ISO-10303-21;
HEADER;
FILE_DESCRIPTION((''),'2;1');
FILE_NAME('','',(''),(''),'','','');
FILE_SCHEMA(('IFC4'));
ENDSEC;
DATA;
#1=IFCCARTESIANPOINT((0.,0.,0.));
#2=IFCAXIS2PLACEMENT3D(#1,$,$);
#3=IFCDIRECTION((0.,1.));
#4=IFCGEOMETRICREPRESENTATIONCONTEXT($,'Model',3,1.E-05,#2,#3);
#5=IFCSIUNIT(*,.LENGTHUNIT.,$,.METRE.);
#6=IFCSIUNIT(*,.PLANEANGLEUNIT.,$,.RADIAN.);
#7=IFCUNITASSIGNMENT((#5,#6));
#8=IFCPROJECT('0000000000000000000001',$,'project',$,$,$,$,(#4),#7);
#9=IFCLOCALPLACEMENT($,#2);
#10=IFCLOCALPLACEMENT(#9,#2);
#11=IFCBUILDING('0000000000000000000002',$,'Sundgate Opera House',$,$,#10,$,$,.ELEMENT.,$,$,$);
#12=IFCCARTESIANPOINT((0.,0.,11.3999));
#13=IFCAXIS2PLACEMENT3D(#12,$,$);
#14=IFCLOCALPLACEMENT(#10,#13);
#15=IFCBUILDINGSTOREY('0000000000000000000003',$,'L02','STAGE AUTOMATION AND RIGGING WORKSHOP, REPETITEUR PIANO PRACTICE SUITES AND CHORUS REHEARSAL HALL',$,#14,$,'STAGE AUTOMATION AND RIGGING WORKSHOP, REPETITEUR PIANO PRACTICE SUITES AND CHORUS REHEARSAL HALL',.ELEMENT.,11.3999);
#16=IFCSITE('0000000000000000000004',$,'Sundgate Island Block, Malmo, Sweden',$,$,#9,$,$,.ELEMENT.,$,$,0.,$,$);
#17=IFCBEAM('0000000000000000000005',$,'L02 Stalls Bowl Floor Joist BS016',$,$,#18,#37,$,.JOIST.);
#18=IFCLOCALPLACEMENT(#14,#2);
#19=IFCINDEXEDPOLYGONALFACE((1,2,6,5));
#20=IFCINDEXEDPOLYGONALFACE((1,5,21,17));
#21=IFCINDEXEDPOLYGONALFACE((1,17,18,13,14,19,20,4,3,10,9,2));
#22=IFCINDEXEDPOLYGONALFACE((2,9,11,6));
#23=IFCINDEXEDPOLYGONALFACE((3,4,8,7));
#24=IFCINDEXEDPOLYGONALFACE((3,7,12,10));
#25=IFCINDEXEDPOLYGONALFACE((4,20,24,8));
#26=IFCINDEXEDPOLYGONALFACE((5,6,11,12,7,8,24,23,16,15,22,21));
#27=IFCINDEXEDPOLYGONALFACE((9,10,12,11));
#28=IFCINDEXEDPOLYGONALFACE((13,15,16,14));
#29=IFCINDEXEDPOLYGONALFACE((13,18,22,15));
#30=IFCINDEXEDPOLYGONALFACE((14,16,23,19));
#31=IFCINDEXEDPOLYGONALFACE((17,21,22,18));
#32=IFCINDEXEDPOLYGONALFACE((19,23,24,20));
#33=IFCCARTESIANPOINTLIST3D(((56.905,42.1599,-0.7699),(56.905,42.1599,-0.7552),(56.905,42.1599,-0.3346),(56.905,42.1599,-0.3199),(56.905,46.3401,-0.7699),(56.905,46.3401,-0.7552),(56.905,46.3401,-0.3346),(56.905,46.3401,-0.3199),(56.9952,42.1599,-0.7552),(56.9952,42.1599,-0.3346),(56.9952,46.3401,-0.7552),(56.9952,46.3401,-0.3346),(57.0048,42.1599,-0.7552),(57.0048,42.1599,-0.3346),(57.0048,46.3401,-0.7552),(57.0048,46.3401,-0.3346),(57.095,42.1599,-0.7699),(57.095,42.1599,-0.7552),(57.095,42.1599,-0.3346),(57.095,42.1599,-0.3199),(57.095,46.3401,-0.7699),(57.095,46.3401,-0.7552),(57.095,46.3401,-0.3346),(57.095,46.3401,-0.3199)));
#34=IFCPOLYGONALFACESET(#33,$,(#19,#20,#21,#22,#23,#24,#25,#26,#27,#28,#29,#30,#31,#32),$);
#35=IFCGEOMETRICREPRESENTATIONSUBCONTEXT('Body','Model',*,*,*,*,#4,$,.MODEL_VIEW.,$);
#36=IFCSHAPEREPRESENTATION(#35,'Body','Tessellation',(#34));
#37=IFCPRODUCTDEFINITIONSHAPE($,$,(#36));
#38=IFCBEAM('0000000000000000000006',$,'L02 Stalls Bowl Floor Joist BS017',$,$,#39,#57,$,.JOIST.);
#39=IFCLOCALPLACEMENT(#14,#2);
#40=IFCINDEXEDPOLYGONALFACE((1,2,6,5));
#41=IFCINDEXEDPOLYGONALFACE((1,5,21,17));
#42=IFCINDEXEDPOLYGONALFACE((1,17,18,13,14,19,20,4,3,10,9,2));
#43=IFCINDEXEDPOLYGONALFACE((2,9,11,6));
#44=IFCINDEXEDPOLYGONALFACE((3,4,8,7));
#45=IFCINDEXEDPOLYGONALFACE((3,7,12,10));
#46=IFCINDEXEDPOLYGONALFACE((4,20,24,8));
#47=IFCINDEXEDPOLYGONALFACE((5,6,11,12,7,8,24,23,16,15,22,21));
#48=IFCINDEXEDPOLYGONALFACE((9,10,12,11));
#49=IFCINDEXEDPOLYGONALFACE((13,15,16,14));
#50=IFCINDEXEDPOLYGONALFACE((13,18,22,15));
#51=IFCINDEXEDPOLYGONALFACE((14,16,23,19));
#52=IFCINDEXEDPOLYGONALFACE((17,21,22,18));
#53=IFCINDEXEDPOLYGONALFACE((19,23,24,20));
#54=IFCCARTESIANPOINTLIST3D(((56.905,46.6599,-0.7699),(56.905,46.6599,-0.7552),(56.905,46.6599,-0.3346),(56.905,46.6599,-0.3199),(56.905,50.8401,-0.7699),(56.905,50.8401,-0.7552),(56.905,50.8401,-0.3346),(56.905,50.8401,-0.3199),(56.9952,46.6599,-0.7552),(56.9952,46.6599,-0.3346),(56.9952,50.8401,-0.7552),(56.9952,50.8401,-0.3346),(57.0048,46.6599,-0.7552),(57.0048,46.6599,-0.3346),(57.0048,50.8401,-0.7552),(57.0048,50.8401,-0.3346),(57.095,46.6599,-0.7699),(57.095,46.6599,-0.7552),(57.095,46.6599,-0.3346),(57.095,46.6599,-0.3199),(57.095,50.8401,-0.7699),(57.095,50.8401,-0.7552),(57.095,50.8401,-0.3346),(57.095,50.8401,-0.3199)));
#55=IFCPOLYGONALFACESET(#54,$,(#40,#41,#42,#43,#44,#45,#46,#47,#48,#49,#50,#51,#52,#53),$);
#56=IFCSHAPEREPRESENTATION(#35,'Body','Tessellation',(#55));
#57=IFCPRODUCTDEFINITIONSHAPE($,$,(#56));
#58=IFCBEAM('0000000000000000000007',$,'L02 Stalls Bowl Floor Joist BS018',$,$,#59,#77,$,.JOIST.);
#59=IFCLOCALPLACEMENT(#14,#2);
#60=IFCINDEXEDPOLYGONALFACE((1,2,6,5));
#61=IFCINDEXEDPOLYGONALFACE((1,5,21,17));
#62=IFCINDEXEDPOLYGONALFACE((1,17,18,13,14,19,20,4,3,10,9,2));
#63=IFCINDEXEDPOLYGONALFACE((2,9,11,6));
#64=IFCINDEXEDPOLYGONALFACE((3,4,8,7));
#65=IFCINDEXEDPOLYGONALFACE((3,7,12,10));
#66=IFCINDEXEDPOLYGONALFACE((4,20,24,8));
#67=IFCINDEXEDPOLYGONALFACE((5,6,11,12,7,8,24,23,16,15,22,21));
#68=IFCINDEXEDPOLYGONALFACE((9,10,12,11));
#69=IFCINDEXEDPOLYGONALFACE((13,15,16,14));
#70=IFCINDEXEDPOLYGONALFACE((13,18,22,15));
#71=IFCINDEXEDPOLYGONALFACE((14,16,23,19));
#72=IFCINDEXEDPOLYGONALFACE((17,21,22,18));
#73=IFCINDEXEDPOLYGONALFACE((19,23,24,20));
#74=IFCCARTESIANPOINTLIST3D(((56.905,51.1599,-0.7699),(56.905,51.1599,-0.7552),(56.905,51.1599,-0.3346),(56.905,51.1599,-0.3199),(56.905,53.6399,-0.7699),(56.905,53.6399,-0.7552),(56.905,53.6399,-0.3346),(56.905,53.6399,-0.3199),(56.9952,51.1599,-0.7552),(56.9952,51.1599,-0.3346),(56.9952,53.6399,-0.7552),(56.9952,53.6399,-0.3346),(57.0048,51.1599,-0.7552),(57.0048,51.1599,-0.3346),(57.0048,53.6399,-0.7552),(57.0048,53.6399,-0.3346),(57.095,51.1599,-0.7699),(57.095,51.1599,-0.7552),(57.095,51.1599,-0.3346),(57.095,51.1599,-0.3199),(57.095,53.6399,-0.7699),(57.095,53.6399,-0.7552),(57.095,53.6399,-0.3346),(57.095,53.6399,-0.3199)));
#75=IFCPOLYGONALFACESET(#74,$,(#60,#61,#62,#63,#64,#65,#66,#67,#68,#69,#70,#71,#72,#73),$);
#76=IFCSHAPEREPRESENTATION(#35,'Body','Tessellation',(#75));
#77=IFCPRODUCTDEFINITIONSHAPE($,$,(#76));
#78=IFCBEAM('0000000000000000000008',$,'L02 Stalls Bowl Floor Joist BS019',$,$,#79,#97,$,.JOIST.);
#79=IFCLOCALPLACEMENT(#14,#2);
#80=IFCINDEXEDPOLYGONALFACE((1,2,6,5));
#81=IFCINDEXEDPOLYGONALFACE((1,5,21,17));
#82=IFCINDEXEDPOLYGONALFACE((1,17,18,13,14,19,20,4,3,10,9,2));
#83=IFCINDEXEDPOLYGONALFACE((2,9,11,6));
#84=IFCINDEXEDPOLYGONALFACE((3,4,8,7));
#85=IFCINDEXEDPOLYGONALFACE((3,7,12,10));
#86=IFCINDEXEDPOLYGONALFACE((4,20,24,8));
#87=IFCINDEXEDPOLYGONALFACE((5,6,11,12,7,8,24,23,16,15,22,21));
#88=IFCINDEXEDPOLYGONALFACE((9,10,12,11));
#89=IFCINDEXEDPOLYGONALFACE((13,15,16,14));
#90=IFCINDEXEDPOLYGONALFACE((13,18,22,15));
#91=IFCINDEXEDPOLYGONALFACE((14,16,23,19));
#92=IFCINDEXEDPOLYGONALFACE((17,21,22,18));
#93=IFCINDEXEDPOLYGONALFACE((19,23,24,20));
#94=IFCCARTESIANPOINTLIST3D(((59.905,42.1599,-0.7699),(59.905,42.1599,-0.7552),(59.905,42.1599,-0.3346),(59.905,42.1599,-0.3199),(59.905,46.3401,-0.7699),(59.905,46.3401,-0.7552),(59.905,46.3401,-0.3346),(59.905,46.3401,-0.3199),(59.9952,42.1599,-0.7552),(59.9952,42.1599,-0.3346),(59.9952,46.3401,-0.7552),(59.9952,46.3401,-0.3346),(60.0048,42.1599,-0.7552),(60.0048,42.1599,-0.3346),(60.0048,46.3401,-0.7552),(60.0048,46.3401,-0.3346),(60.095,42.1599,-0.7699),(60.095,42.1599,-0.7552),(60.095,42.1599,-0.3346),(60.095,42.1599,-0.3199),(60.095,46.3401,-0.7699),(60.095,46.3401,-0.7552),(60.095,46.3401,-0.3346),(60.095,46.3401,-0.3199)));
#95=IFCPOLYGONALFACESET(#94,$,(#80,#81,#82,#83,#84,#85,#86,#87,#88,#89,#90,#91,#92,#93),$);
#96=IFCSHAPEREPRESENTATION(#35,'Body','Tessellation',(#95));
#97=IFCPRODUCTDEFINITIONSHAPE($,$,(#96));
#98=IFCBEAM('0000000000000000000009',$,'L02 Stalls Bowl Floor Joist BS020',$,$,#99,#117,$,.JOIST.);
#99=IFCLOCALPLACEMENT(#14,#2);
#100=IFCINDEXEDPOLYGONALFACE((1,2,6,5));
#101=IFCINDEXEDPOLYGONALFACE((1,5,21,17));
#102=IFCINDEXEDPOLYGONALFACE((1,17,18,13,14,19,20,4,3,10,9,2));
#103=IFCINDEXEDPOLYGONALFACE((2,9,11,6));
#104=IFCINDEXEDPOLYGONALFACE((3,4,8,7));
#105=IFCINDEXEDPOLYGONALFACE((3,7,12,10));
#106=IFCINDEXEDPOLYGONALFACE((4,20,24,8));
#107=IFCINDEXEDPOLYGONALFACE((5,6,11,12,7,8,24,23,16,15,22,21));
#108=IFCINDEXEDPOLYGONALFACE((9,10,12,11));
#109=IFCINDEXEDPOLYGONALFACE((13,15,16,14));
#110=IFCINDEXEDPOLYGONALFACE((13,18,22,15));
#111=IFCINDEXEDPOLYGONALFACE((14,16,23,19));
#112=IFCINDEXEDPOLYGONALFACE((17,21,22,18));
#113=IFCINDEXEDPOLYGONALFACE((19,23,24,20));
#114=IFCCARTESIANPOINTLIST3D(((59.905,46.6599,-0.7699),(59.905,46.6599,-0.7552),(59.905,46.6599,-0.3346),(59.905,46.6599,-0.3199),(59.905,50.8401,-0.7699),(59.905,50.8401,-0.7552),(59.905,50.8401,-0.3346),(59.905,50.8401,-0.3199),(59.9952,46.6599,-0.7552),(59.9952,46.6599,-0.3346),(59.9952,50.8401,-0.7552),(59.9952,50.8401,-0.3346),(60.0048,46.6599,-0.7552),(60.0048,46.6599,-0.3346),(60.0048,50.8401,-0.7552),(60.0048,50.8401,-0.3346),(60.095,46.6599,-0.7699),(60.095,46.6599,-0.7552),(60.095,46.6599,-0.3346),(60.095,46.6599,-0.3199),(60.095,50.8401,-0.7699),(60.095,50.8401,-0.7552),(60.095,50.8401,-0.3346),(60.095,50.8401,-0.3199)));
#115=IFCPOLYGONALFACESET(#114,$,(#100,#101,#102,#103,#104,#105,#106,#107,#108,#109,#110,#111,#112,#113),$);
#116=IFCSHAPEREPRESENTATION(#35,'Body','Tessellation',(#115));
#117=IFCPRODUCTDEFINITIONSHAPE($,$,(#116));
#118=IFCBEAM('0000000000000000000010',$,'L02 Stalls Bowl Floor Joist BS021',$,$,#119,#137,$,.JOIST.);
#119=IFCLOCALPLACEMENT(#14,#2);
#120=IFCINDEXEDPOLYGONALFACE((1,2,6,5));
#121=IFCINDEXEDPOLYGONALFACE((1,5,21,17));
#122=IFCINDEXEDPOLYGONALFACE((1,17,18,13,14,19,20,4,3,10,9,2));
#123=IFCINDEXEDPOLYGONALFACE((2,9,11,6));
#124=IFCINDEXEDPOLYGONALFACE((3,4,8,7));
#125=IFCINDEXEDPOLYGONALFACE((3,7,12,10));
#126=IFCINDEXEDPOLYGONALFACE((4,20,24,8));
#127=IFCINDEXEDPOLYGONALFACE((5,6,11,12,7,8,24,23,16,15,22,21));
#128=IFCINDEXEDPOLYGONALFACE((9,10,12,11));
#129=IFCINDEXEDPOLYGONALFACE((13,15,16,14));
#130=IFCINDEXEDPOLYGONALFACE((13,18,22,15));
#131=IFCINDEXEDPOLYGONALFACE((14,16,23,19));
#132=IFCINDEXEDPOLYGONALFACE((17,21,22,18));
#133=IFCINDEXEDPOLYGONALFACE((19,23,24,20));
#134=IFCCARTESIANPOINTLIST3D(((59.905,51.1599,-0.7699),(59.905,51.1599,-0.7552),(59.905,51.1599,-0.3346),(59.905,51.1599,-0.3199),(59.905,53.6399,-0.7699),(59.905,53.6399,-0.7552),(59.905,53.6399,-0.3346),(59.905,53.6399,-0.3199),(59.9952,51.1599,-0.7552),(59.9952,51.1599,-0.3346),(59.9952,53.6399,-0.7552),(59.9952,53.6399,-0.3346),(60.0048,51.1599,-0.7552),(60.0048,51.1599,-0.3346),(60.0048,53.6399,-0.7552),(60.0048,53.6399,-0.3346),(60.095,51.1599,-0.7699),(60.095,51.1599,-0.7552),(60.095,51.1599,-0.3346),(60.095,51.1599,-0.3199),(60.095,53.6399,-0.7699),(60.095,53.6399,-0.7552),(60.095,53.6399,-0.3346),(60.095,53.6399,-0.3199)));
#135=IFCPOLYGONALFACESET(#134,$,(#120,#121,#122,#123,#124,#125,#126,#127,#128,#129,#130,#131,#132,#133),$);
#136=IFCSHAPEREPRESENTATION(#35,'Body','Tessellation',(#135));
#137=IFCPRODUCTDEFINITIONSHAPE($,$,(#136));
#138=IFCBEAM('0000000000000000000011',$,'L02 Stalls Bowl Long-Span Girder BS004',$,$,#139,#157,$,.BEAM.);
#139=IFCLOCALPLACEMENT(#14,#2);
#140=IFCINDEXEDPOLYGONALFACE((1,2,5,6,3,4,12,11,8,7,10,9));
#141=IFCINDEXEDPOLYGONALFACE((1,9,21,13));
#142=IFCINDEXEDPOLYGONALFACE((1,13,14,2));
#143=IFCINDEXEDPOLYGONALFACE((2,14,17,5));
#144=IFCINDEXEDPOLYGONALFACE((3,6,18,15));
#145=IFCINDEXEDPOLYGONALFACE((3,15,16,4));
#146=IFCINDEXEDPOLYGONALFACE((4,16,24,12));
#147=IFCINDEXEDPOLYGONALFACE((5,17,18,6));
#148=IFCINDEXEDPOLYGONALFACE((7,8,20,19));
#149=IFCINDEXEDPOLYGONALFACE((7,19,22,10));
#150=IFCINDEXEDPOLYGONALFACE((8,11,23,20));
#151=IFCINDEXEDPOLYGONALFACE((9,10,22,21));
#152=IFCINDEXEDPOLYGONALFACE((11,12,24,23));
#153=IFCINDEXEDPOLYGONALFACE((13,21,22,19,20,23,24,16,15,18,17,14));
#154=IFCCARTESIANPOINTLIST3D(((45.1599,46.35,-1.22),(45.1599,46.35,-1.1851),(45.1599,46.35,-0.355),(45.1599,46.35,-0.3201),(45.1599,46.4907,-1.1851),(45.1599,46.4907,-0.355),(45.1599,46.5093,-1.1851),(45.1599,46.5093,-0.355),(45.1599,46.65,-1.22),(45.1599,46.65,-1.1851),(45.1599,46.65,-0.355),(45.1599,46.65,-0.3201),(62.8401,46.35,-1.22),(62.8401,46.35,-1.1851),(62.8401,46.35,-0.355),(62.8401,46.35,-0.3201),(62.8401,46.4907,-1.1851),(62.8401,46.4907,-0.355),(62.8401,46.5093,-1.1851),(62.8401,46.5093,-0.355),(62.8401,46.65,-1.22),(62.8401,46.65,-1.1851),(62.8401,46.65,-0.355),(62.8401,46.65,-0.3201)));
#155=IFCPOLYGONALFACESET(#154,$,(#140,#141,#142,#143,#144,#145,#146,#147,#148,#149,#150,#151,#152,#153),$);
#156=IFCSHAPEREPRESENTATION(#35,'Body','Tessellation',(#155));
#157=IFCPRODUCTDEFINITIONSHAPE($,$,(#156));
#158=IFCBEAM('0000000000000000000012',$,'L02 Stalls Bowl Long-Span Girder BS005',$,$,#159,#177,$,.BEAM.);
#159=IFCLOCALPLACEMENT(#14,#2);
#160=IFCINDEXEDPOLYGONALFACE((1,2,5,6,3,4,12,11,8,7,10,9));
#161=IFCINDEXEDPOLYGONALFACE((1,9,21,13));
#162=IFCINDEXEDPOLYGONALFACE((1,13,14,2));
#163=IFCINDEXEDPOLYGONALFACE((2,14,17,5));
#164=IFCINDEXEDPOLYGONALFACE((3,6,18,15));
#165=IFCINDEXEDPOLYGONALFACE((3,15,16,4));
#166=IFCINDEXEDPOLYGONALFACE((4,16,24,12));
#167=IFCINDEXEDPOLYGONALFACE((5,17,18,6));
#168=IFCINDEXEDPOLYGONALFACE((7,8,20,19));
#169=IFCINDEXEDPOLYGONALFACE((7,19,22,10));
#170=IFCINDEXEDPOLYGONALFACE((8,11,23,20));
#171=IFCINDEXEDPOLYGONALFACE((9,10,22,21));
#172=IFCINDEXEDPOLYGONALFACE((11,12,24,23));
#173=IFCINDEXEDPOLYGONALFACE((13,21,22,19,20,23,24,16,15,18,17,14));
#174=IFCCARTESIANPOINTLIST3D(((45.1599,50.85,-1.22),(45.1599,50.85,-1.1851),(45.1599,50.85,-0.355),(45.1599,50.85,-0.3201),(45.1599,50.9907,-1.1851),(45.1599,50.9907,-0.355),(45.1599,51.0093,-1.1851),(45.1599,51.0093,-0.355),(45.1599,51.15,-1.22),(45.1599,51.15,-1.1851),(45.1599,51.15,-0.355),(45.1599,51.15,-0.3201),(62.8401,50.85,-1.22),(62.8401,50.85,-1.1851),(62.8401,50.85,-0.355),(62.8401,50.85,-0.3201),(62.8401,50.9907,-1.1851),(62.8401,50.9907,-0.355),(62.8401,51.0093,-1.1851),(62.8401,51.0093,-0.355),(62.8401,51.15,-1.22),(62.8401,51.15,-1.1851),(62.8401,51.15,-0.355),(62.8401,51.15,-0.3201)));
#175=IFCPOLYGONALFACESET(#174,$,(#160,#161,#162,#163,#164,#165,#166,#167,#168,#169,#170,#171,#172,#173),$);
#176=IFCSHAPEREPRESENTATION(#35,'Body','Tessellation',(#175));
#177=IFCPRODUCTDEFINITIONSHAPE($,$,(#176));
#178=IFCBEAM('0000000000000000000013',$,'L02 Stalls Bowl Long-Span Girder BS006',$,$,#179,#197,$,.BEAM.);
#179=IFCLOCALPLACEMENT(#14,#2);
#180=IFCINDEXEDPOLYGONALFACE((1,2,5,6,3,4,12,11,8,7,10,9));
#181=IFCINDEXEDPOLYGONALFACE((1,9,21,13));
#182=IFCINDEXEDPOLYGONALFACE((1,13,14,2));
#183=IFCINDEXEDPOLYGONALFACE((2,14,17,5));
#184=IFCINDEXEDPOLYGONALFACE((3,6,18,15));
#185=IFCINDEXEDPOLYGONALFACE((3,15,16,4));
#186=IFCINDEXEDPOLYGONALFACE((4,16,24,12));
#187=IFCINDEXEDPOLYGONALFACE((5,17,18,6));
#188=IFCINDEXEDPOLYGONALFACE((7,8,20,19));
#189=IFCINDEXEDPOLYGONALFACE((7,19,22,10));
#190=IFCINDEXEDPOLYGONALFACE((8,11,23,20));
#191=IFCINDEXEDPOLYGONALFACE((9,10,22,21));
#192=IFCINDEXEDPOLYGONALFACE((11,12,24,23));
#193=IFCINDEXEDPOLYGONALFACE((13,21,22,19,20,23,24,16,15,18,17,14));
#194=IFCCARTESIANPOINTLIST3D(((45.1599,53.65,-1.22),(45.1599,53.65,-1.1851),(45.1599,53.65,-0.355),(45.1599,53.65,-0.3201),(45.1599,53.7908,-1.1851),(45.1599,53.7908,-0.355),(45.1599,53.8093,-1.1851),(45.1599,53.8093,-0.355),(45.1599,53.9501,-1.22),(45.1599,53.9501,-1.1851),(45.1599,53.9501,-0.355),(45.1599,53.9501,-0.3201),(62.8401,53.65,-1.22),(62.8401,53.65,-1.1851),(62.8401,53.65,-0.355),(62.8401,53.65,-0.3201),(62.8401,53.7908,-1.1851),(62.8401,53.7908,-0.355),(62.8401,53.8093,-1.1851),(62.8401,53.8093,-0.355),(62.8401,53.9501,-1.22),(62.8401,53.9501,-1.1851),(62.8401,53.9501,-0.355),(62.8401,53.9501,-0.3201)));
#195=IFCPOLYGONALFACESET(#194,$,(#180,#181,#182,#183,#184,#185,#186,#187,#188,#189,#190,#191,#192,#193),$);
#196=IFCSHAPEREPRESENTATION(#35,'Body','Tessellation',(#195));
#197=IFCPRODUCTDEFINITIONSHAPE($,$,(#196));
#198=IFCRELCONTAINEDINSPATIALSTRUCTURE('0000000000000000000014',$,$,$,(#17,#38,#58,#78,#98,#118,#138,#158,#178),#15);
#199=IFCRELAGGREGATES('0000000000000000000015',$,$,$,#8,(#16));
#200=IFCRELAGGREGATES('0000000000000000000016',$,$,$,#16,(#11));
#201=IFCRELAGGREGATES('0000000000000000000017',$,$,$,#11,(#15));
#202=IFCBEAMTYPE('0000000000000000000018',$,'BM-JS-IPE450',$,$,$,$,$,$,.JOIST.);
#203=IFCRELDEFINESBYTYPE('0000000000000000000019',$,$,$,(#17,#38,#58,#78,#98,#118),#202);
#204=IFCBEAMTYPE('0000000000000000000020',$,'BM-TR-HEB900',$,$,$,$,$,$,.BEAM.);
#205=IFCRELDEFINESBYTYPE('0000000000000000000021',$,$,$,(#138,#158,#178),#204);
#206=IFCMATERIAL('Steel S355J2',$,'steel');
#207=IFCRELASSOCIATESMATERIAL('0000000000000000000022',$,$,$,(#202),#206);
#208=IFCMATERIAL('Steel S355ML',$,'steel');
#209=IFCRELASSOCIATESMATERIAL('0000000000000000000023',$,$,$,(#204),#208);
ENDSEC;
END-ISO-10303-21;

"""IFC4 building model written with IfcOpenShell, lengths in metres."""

from ifc_helpers import new_model, si_unit, direction, frame, origin, origin_2d, place, context, subcontext, project, spatial, i_section, extrude, material, material_profile, profile_set, type_object, element, save


model = new_model("IFC4")

# Units and contexts
model_context = context("Model", 3, precision=1e-05, world=origin(), true_north=direction((0.0, 1.0)))
body_context = subcontext(model_context, "Body", "Model", "MODEL_VIEW")
ifc_project = project(units=[si_unit("LENGTHUNIT", "METRE"), si_unit("PLANEANGLEUNIT", "RADIAN")], contexts=[model_context])

# Site, building, storey
site_placement = place(None, origin())
site = spatial("IfcSite", under=ifc_project, at=site_placement, Name="Sundgate Island Block, Malmo, Sweden", CompositionType="ELEMENT", RefElevation=0.0)
building_placement = place(site_placement, origin())
building = spatial("IfcBuilding", under=site, at=building_placement, Name="Sundgate Opera House", CompositionType="ELEMENT")
storey_placement = place(building_placement, frame((0.0, 0.0, 11.3999)))
storey = spatial("IfcBuildingStorey", under=building, at=storey_placement, Name="L02", Description="STAGE AUTOMATION AND RIGGING WORKSHOP, REPETITEUR PIANO PRACTICE SUITES AND CHORUS REHEARSAL HALL", LongName="STAGE AUTOMATION AND RIGGING WORKSHOP, REPETITEUR PIANO PRACTICE SUITES AND CHORUS REHEARSAL HALL", CompositionType="ELEMENT", Elevation=11.3999)

# Beams
ifc_material_1 = material(Name="Steel S355J2", Category="steel")
ifc_material_profile_1 = material_profile(ifc_material_1, i_section(OverallWidth=0.1899, OverallDepth=0.45, WebThickness=0.0095, FlangeThickness=0.0146, at=origin_2d()), Name="IPE 450")
ifc_profile_set_1 = profile_set([ifc_material_profile_1], Name="Steel S355J2")
beam_type_1 = type_object("IfcBeamType", Name="BM-JS-IPE450", PredefinedType="JOIST", material=ifc_profile_set_1)
for number, where, z_axis, x_axis, name in (
    (1, (57.0, 42.1599, -0.5449), (0.0, 1.0, 0.0), (-1.0, 0.0, 0.0), "L02 Stalls Bowl Floor Joist BS016"),
    (2, (57.0, 46.6599, -0.5449), (0.0, 1.0, 0.0), (-1.0, 0.0, 0.0), "L02 Stalls Bowl Floor Joist BS017"),
):
    element("IfcBeam", number, at=place(storey_placement, frame(where, z_axis=z_axis, x_axis=x_axis)), inside=storey, type_object=beam_type_1, Name=name, PredefinedType="JOIST", context=body_context, shape_type="SweptSolid", body=[
        extrude(i_section(OverallWidth=0.1899, OverallDepth=0.45, WebThickness=0.0095, FlangeThickness=0.0146, at=origin_2d()), origin(), (0.0, 0.0, 1.0), 4.1802),
    ])
beam_1_placement = place(storey_placement, frame((57.0, 51.1599, -0.5449), z_axis=(0.0, 1.0, 0.0), x_axis=(-1.0, 0.0, 0.0)))
element("IfcBeam", 3, at=beam_1_placement, inside=storey, type_object=beam_type_1, Name="L02 Stalls Bowl Floor Joist BS018", PredefinedType="JOIST", context=body_context, shape_type="SweptSolid", body=[
    extrude(i_section(OverallWidth=0.1899, OverallDepth=0.45, WebThickness=0.0095, FlangeThickness=0.0146, at=origin_2d()), origin(), (0.0, 0.0, 1.0), 2.48),
])
for number, where, z_axis, x_axis, name in (
    (4, (60.0, 42.1599, -0.5449), (0.0, 1.0, 0.0), (-1.0, 0.0, 0.0), "L02 Stalls Bowl Floor Joist BS019"),
    (5, (60.0, 46.6599, -0.5449), (0.0, 1.0, 0.0), (-1.0, 0.0, 0.0), "L02 Stalls Bowl Floor Joist BS020"),
):
    element("IfcBeam", number, at=place(storey_placement, frame(where, z_axis=z_axis, x_axis=x_axis)), inside=storey, type_object=beam_type_1, Name=name, PredefinedType="JOIST", context=body_context, shape_type="SweptSolid", body=[
        extrude(i_section(OverallWidth=0.1899, OverallDepth=0.45, WebThickness=0.0095, FlangeThickness=0.0146, at=origin_2d()), origin(), (0.0, 0.0, 1.0), 4.1802),
    ])
beam_2_placement = place(storey_placement, frame((60.0, 51.1599, -0.5449), z_axis=(0.0, 1.0, 0.0), x_axis=(-1.0, 0.0, 0.0)))
element("IfcBeam", 6, at=beam_2_placement, inside=storey, type_object=beam_type_1, Name="L02 Stalls Bowl Floor Joist BS021", PredefinedType="JOIST", context=body_context, shape_type="SweptSolid", body=[
    extrude(i_section(OverallWidth=0.1899, OverallDepth=0.45, WebThickness=0.0095, FlangeThickness=0.0146, at=origin_2d()), origin(), (0.0, 0.0, 1.0), 2.48),
])
ifc_material_2 = material(Name="Steel S355ML", Category="steel")
ifc_material_profile_2 = material_profile(ifc_material_2, i_section(OverallWidth=0.3, OverallDepth=0.8999, WebThickness=0.0186, FlangeThickness=0.0349, at=origin_2d()), Name="HEB 900")
ifc_profile_set_2 = profile_set([ifc_material_profile_2], Name="Steel S355ML")
beam_type_2 = type_object("IfcBeamType", Name="BM-TR-HEB900", PredefinedType="BEAM", material=ifc_profile_set_2)
for number, where, z_axis, x_axis, name in (
    (7, (45.1599, 46.5, -0.77), (1.0, 0.0, 0.0), (0.0, 1.0, 0.0), "L02 Stalls Bowl Long-Span Girder BS004"),
    (8, (45.1599, 51.0, -0.77), (1.0, 0.0, 0.0), (0.0, 1.0, 0.0), "L02 Stalls Bowl Long-Span Girder BS005"),
    (9, (45.1599, 53.8, -0.77), (1.0, 0.0, 0.0), (0.0, 1.0, 0.0), "L02 Stalls Bowl Long-Span Girder BS006"),
):
    element("IfcBeam", number, at=place(storey_placement, frame(where, z_axis=z_axis, x_axis=x_axis)), inside=storey, type_object=beam_type_2, Name=name, PredefinedType="BEAM", context=body_context, shape_type="SweptSolid", body=[
        extrude(i_section(OverallWidth=0.3, OverallDepth=0.8999, WebThickness=0.0186, FlangeThickness=0.0349, at=origin_2d()), origin(), (0.0, 0.0, 1.0), 17.6802),
    ])

save(model, "model.ifc")
